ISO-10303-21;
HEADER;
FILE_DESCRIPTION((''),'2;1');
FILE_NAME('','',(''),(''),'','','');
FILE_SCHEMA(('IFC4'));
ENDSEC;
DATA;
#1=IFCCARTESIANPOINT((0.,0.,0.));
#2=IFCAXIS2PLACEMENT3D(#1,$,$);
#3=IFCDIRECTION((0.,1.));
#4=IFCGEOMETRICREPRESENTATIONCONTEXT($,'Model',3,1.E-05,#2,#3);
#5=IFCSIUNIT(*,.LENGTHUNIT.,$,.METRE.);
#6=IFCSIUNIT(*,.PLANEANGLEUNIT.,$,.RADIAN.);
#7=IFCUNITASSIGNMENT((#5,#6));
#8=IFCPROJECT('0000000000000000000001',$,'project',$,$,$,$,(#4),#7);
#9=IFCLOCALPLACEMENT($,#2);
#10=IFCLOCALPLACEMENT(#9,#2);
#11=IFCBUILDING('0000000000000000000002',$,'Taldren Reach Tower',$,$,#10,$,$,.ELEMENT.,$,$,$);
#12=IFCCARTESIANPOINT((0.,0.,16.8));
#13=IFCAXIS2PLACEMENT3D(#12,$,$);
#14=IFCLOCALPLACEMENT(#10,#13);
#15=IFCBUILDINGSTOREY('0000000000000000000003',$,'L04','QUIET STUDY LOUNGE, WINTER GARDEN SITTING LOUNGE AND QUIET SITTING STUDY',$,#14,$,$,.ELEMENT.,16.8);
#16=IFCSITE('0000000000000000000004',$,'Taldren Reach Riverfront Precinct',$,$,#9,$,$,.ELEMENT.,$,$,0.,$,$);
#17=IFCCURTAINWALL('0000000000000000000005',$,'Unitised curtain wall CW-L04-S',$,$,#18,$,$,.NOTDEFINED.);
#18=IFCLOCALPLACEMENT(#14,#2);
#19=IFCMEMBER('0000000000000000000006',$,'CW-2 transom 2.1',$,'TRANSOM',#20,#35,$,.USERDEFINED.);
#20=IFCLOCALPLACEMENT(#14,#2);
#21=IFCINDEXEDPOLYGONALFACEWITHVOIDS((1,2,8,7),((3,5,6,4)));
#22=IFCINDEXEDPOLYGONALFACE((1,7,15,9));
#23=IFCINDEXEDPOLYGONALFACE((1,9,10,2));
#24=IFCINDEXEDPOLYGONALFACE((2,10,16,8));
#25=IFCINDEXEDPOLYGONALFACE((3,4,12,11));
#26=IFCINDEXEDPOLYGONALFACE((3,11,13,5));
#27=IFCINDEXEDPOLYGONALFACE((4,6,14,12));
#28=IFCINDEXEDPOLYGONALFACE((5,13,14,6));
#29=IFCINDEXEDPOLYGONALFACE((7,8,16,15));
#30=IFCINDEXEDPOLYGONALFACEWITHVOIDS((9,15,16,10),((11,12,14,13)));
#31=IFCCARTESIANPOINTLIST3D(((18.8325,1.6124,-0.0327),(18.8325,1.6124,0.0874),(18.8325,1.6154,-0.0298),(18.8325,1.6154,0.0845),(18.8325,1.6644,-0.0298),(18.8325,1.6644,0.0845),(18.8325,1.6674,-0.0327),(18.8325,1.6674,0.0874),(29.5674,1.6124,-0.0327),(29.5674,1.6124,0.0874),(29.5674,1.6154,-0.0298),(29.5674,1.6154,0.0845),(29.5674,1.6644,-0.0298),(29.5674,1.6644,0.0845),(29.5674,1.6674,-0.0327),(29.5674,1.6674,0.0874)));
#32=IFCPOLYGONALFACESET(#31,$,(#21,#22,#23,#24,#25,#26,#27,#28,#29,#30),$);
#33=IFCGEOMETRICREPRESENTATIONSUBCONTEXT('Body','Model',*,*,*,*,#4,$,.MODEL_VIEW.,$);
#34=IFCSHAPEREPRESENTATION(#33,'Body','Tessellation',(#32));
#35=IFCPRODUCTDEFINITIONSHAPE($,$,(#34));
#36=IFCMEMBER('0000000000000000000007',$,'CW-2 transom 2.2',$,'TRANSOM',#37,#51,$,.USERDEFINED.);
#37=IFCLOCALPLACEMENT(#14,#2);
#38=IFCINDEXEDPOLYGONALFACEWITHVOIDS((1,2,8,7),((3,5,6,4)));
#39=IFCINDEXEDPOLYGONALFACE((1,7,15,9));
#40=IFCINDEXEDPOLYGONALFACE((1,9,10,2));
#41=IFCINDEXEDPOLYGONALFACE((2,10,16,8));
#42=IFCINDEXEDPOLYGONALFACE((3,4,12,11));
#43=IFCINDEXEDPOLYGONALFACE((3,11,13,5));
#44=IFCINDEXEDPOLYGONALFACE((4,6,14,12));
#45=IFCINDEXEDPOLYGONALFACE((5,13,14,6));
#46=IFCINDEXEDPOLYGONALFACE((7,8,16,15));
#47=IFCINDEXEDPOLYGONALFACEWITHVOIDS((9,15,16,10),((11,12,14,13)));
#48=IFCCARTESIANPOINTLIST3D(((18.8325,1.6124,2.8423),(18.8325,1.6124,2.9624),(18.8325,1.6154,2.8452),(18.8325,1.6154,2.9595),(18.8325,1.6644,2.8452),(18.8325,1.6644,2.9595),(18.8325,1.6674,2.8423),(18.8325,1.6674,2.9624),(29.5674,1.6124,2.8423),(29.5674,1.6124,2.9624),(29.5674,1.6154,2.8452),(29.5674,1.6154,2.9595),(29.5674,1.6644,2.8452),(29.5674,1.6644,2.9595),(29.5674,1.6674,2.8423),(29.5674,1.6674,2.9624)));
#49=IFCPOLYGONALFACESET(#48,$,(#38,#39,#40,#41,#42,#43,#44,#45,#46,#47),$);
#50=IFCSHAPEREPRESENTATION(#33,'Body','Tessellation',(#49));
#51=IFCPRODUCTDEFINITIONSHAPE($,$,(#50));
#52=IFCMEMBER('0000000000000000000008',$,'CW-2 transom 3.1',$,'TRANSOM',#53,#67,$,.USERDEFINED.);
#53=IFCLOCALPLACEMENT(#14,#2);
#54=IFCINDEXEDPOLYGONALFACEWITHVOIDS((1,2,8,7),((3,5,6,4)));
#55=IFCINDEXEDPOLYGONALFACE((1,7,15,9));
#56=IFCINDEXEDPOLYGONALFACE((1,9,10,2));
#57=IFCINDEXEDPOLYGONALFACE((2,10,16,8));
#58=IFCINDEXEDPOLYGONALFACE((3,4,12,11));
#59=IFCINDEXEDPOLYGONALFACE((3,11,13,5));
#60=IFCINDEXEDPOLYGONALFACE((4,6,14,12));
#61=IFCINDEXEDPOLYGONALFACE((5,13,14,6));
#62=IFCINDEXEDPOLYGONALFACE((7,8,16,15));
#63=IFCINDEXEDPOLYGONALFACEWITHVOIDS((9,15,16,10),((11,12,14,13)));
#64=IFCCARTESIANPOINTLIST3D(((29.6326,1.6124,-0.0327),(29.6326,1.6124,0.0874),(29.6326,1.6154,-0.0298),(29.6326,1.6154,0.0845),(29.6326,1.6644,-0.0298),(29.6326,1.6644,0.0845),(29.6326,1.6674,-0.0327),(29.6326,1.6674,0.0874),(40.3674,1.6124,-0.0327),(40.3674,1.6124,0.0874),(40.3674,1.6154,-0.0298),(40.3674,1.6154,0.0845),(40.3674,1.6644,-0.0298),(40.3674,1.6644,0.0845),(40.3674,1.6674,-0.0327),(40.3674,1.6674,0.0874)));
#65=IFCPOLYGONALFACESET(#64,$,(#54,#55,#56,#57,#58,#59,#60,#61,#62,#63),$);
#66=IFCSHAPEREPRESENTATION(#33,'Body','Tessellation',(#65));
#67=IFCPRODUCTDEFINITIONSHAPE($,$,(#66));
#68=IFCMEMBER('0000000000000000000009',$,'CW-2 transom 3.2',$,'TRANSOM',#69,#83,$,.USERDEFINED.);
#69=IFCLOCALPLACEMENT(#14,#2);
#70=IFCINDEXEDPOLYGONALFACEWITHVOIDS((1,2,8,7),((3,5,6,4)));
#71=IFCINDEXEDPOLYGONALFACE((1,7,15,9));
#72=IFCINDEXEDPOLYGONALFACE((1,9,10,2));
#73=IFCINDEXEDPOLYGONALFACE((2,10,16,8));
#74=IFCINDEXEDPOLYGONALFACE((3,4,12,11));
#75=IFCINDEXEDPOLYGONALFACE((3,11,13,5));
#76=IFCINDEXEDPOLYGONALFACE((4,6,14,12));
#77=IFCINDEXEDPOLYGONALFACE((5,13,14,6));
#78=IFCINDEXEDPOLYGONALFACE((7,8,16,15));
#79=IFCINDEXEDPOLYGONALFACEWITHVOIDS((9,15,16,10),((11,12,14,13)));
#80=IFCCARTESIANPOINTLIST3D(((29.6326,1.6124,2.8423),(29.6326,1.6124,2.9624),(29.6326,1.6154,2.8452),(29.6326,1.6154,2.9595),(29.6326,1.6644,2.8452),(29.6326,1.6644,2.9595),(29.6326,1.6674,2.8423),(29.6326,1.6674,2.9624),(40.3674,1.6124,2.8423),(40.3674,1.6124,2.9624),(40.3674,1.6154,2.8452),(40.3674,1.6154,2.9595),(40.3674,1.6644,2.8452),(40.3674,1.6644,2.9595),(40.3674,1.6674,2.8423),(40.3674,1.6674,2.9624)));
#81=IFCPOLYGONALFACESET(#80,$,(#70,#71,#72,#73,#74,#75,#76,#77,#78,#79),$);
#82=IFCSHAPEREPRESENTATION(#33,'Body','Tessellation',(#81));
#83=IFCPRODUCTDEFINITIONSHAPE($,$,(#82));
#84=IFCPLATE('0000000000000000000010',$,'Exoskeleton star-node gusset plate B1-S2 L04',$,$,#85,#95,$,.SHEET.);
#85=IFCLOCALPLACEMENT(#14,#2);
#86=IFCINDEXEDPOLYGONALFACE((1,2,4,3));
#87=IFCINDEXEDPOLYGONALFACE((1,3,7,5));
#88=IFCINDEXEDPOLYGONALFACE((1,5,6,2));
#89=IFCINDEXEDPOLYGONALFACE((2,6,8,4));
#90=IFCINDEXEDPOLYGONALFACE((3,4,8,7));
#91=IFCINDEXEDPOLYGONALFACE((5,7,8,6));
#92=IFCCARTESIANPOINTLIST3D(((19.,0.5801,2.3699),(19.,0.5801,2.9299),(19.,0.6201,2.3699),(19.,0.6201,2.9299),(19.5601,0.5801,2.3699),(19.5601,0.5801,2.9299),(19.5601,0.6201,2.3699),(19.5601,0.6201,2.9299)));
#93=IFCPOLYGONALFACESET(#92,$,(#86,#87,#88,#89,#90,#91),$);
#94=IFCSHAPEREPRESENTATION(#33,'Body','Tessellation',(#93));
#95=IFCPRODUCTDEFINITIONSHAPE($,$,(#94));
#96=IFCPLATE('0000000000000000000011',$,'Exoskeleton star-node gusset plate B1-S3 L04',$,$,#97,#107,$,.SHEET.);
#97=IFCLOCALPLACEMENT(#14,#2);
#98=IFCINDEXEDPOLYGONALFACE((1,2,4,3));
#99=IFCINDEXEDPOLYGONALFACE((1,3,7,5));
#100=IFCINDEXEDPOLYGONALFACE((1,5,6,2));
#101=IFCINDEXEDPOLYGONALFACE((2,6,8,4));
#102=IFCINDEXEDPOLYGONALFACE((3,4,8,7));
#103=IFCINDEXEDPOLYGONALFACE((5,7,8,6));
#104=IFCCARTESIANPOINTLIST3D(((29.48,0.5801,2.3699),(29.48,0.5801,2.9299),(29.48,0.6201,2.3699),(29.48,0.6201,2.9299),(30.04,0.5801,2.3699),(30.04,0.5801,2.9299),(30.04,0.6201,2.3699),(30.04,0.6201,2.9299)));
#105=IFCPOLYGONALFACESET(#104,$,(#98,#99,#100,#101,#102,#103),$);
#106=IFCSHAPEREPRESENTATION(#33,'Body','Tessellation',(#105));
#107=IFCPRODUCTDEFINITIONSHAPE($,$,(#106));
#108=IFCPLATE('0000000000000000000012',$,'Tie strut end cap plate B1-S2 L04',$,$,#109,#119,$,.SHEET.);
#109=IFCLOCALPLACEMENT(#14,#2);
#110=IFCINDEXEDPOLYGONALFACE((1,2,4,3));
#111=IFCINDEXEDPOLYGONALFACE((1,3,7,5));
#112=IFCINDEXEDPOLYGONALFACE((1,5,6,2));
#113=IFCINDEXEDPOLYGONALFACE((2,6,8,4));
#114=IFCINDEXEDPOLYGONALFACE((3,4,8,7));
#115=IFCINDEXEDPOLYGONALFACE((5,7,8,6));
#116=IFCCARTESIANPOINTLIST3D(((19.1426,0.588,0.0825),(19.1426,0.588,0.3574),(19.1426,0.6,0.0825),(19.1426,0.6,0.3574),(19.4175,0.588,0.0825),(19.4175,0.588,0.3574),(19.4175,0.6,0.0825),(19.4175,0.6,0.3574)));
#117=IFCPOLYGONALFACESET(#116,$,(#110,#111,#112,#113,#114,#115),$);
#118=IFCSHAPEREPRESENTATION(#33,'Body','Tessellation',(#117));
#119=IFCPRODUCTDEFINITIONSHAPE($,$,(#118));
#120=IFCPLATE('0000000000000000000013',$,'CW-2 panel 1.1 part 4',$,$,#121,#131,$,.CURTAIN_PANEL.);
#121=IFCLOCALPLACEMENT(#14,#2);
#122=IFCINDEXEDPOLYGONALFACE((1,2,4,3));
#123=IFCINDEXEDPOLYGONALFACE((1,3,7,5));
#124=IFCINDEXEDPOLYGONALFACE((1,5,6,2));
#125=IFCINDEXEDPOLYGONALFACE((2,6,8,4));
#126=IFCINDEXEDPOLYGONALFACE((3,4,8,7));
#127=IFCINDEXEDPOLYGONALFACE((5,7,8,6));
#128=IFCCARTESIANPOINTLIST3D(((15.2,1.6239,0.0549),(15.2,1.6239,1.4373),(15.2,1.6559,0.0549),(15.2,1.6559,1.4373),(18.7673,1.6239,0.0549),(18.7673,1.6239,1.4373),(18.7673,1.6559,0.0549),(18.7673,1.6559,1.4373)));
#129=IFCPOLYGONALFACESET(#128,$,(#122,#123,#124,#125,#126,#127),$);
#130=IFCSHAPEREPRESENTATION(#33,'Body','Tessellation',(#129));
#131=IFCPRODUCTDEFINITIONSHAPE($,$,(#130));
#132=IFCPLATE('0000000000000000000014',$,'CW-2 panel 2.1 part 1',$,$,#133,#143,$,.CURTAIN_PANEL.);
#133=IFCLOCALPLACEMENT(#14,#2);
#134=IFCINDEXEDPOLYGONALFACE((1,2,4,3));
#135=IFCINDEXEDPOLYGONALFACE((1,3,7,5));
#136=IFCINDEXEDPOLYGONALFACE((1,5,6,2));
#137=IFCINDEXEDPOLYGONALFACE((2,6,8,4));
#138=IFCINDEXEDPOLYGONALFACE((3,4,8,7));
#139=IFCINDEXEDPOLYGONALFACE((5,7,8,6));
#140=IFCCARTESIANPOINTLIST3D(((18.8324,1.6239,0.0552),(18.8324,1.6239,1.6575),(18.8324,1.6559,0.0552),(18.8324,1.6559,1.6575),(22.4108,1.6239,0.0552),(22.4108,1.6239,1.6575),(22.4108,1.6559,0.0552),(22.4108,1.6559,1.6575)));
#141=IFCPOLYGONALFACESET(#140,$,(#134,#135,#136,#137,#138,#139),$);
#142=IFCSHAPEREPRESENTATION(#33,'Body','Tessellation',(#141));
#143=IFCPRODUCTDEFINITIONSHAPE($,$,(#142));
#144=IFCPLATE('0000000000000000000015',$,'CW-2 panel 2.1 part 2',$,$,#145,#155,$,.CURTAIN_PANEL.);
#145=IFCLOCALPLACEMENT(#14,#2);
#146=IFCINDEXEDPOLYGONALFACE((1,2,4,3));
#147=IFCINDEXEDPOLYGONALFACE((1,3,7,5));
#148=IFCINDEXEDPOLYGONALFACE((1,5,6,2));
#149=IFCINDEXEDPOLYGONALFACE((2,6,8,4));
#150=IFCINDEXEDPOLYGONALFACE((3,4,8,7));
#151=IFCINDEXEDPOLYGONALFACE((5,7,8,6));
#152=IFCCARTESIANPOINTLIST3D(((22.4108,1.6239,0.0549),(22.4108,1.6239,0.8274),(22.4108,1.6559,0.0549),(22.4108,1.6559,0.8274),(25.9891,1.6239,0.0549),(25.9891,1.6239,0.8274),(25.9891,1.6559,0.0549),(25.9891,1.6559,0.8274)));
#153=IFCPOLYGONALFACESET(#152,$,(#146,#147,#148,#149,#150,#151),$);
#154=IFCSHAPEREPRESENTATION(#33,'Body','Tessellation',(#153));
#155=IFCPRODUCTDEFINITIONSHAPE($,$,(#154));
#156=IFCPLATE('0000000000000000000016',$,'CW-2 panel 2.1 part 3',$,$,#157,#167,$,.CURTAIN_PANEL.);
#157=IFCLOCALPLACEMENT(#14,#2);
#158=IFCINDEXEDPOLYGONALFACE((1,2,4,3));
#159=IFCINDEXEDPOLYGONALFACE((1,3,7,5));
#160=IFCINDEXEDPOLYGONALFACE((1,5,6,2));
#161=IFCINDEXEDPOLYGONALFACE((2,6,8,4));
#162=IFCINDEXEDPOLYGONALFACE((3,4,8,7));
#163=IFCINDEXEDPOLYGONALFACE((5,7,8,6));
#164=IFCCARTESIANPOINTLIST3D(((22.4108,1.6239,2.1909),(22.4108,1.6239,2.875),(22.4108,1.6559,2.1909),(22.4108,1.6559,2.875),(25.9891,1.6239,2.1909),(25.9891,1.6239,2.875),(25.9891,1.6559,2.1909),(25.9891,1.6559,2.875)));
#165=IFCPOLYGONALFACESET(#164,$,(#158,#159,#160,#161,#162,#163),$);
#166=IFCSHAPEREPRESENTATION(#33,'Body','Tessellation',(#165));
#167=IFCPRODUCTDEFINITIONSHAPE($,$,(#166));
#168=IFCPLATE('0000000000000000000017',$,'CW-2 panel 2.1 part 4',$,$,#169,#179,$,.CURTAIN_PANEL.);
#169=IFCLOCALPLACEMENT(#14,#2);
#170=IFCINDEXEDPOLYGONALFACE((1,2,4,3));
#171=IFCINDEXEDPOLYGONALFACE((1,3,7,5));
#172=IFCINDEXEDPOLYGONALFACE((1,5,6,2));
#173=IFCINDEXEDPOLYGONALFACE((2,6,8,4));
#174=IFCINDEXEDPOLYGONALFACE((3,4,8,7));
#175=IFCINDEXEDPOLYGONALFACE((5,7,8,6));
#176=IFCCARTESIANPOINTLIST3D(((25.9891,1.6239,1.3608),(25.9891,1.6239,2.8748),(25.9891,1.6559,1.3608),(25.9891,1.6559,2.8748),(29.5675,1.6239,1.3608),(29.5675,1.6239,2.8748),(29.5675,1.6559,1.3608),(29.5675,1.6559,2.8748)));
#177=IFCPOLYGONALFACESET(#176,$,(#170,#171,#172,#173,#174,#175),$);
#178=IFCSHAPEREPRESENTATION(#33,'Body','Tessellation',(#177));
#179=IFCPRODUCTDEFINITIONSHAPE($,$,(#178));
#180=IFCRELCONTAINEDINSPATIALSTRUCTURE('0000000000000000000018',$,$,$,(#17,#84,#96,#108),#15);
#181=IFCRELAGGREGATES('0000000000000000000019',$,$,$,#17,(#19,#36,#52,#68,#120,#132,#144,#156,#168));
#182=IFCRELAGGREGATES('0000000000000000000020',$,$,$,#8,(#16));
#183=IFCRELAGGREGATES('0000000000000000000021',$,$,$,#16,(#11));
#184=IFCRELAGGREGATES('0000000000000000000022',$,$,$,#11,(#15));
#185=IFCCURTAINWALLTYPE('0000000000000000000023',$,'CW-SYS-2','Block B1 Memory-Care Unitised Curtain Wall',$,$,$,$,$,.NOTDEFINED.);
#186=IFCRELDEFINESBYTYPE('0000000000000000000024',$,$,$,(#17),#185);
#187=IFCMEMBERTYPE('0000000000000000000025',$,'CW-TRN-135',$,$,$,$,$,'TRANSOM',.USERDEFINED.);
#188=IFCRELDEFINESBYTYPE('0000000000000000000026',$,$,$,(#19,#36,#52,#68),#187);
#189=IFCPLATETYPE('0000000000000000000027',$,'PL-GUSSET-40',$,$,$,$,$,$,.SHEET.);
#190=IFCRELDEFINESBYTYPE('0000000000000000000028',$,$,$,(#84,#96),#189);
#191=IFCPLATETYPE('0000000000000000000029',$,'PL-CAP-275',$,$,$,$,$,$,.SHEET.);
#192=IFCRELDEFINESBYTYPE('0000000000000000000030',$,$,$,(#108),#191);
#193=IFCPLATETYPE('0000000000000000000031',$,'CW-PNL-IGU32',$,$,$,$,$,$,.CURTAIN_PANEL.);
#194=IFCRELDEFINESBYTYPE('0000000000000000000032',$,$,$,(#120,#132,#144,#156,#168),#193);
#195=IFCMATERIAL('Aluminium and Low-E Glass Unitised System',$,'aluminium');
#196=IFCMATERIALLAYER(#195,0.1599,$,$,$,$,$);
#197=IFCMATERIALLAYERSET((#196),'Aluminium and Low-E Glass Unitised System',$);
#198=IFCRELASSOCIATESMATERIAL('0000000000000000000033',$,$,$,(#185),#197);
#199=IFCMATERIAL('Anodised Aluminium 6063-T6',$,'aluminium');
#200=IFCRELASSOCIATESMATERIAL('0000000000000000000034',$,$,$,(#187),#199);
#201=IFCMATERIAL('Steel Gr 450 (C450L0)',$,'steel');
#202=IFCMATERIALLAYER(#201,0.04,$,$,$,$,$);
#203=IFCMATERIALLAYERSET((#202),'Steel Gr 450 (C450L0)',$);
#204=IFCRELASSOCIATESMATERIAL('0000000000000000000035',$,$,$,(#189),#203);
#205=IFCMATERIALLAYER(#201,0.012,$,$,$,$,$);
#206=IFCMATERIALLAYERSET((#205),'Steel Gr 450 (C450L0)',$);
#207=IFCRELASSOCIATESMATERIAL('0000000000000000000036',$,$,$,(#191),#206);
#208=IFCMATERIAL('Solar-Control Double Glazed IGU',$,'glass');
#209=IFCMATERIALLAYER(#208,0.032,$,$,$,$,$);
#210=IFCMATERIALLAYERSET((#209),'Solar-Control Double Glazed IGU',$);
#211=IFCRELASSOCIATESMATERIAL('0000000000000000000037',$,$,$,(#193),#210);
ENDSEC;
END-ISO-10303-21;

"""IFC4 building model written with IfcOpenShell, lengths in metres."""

from ifc_helpers import new_model, si_unit, direction, frame, origin, origin_2d, place, context, subcontext, project, spatial, rectangle, hollow_rectangle, extrude, source, transform, mapped, material, layer, layer_set, material_profile, profile_set, type_object, element, aggregate, save


model = new_model("IFC4")

# Units and contexts
model_context = context("Model", 3, precision=1e-05, world=origin(), true_north=direction((0.0, 1.0)))
body_context = subcontext(model_context, "Body", "Model", "MODEL_VIEW")
ifc_project = project(units=[si_unit("LENGTHUNIT", "METRE"), si_unit("PLANEANGLEUNIT", "RADIAN")], contexts=[model_context])

# Site, building, storey
site_placement = place(None, origin())
site = spatial("IfcSite", under=ifc_project, at=site_placement, Name="Taldren Reach Riverfront Precinct", CompositionType="ELEMENT", RefElevation=0.0)
building_placement = place(site_placement, origin())
building = spatial("IfcBuilding", under=site, at=building_placement, Name="Taldren Reach Tower", CompositionType="ELEMENT")
storey_placement = place(building_placement, frame((0.0, 0.0, 16.8)))
storey = spatial("IfcBuildingStorey", under=building, at=storey_placement, Name="L04", Description="QUIET STUDY LOUNGE, WINTER GARDEN SITTING LOUNGE AND QUIET SITTING STUDY", CompositionType="ELEMENT", Elevation=16.8)

# Shared definitions
ifc_material_1 = material(Name="Steel Gr 450 (C450L0)", Category="steel")

# Curtain wall, members
ifc_material_2 = material(Name="Aluminium and Low-E Glass Unitised System", Category="aluminium")
ifc_layer_1 = layer(ifc_material_2, 0.1599)
ifc_layer_set_1 = layer_set([ifc_layer_1], Name="Aluminium and Low-E Glass Unitised System")
curtain_wall_type = type_object("IfcCurtainWallType", Name="CW-SYS-2", Description="Block B1 Memory-Care Unitised Curtain Wall", PredefinedType="NOTDEFINED", material=ifc_layer_set_1)
curtain_wall_placement = place(storey_placement, origin())
curtain_wall = element("IfcCurtainWall", 1, at=curtain_wall_placement, inside=storey, type_object=curtain_wall_type, Name="Unitised curtain wall CW-L04-S", PredefinedType="NOTDEFINED")
ifc_material_3 = material(Name="Anodised Aluminium 6063-T6", Category="aluminium")
ifc_material_profile_1 = material_profile(ifc_material_3, hollow_rectangle(XDim=0.0549, YDim=0.1201, WallThickness=0.0029, at=origin_2d()), Name="ALU-120x55x3RHS")
ifc_profile_set_1 = profile_set([ifc_material_profile_1], Name="Anodised Aluminium 6063-T6")
member_type_1 = type_object("IfcMemberType", Name="CW-TRN-135", ElementType="TRANSOM", PredefinedType="USERDEFINED", material=ifc_profile_set_1)
shared_shape_1 = source(origin(), body_context, "Body", "SweptSolid", [
    extrude(hollow_rectangle(XDim=0.0549, YDim=0.1201, WallThickness=0.0029, at=origin_2d()), origin(), (0.0, 0.0, 1.0), 10.7349),
])
member_1_placement = place(storey_placement, frame((18.8325, 1.6399, 0.0273), z_axis=(1.0, 0.0, 0.0), x_axis=(0.0, 1.0, 0.0)))
member_1 = element("IfcMember", 2, at=member_1_placement, type_object=member_type_1, Name="CW-2 transom 2.1", ObjectType="TRANSOM", PredefinedType="USERDEFINED", context=body_context, shape_type="MappedRepresentation", body=[
    mapped(shared_shape_1, transform((0.0, 0.0, 0.0), scale=1.0)),
])
member_2_placement = place(storey_placement, frame((18.8325, 1.6399, 2.9023), z_axis=(1.0, 0.0, 0.0), x_axis=(0.0, 1.0, 0.0)))
member_2 = element("IfcMember", 3, at=member_2_placement, type_object=member_type_1, Name="CW-2 transom 2.2", ObjectType="TRANSOM", PredefinedType="USERDEFINED", context=body_context, shape_type="MappedRepresentation", body=[
    mapped(shared_shape_1, transform((0.0, 0.0, 0.0), scale=1.0)),
])
member_3_placement = place(storey_placement, frame((29.6326, 1.6399, 0.0273), z_axis=(1.0, 0.0, 0.0), x_axis=(0.0, 1.0, 0.0)))
member_3 = element("IfcMember", 4, at=member_3_placement, type_object=member_type_1, Name="CW-2 transom 3.1", ObjectType="TRANSOM", PredefinedType="USERDEFINED", context=body_context, shape_type="MappedRepresentation", body=[
    mapped(shared_shape_1, transform((0.0, 0.0, 0.0), scale=1.0)),
])
member_4_placement = place(storey_placement, frame((29.6326, 1.6399, 2.9023), z_axis=(1.0, 0.0, 0.0), x_axis=(0.0, 1.0, 0.0)))
member_4 = element("IfcMember", 5, at=member_4_placement, type_object=member_type_1, Name="CW-2 transom 3.2", ObjectType="TRANSOM", PredefinedType="USERDEFINED", context=body_context, shape_type="MappedRepresentation", body=[
    mapped(shared_shape_1, transform((0.0, 0.0, 0.0), scale=1.0)),
])

# Plates
ifc_layer_2 = layer(ifc_material_1, 0.04)
ifc_layer_set_2 = layer_set([ifc_layer_2], Name="Steel Gr 450 (C450L0)")
plate_type_1 = type_object("IfcPlateType", Name="PL-GUSSET-40", PredefinedType="SHEET", material=ifc_layer_set_2)
shared_shape_2 = source(origin(), body_context, "Body", "SweptSolid", [
    extrude(rectangle(XDim=0.5601, YDim=0.04, at=origin_2d()), origin(), (0.0, 0.0, 1.0), 0.5601),
])
for number, where, z_axis, x_axis, name in (
    (6, (19.28, 0.6001, 2.3699), (0.0, 0.0, 1.0), (1.0, 0.0, 0.0), "Exoskeleton star-node gusset plate B1-S2 L04"),
    (7, (29.76, 0.6001, 2.3699), (0.0, 0.0, 1.0), (1.0, 0.0, 0.0), "Exoskeleton star-node gusset plate B1-S3 L04"),
):
    element("IfcPlate", number, at=place(storey_placement, frame(where, z_axis=z_axis, x_axis=x_axis)), inside=storey, type_object=plate_type_1, Name=name, PredefinedType="SHEET", context=body_context, shape_type="MappedRepresentation", body=[
        mapped(shared_shape_2, transform((0.0, 0.0, 0.0), scale=1.0)),
    ])
ifc_layer_3 = layer(ifc_material_1, 0.012)
ifc_layer_set_3 = layer_set([ifc_layer_3], Name="Steel Gr 450 (C450L0)")
plate_type_2 = type_object("IfcPlateType", Name="PL-CAP-275", PredefinedType="SHEET", material=ifc_layer_set_3)
shared_shape_3 = source(origin(), body_context, "Body", "SweptSolid", [
    extrude(rectangle(XDim=0.2749, YDim=0.012, at=origin_2d()), origin(), (0.0, 0.0, 1.0), 0.2749),
])
plate_1_placement = place(storey_placement, frame((19.28, 0.594, 0.0825), z_axis=(0.0, 0.0, 1.0), x_axis=(1.0, 0.0, 0.0)))
element("IfcPlate", 8, at=plate_1_placement, inside=storey, type_object=plate_type_2, Name="Tie strut end cap plate B1-S2 L04", PredefinedType="SHEET", context=body_context, shape_type="MappedRepresentation", body=[
    mapped(shared_shape_3, transform((0.0, 0.0, 0.0), scale=1.0)),
])

# Plates
ifc_material_4 = material(Name="Solar-Control Double Glazed IGU", Category="glass")
ifc_layer_4 = layer(ifc_material_4, 0.032)
ifc_layer_set_4 = layer_set([ifc_layer_4], Name="Solar-Control Double Glazed IGU")
plate_type_3 = type_object("IfcPlateType", Name="CW-PNL-IGU32", PredefinedType="CURTAIN_PANEL", material=ifc_layer_set_4)
shared_shape_4 = source(origin(), body_context, "Body", "SweptSolid", [
    extrude(rectangle(XDim=3.5674, YDim=0.032, at=origin_2d()), origin(), (0.0, 0.0, 1.0), 1.3823),
])
plate_2_placement = place(storey_placement, frame((16.9836, 1.6399, 0.0549), z_axis=(0.0, 0.0, 1.0), x_axis=(1.0, 0.0, 0.0)))
plate_2 = element("IfcPlate", 9, at=plate_2_placement, type_object=plate_type_3, Name="CW-2 panel 1.1 part 4", PredefinedType="CURTAIN_PANEL", context=body_context, shape_type="MappedRepresentation", body=[
    mapped(shared_shape_4, transform((0.0, 0.0, 0.0), scale=1.0)),
])
shared_shape_5 = source(origin(), body_context, "Body", "SweptSolid", [
    extrude(rectangle(XDim=3.5784, YDim=0.032, at=origin_2d()), origin(), (0.0, 0.0, 1.0), 1.6023),
])
plate_3_placement = place(storey_placement, frame((20.6216, 1.6399, 0.0552), z_axis=(0.0, 0.0, 1.0), x_axis=(1.0, 0.0, 0.0)))
plate_3 = element("IfcPlate", 10, at=plate_3_placement, type_object=plate_type_3, Name="CW-2 panel 2.1 part 1", PredefinedType="CURTAIN_PANEL", context=body_context, shape_type="MappedRepresentation", body=[
    mapped(shared_shape_5, transform((0.0, 0.0, 0.0), scale=1.0)),
])
shared_shape_6 = source(origin(), body_context, "Body", "SweptSolid", [
    extrude(rectangle(XDim=3.5784, YDim=0.032, at=origin_2d()), origin(), (0.0, 0.0, 1.0), 0.7725),
])
plate_4_placement = place(storey_placement, frame((24.2, 1.6399, 0.0549), z_axis=(0.0, 0.0, 1.0), x_axis=(1.0, 0.0, 0.0)))
plate_4 = element("IfcPlate", 11, at=plate_4_placement, type_object=plate_type_3, Name="CW-2 panel 2.1 part 2", PredefinedType="CURTAIN_PANEL", context=body_context, shape_type="MappedRepresentation", body=[
    mapped(shared_shape_6, transform((0.0, 0.0, 0.0), scale=1.0)),
])
shared_shape_7 = source(origin(), body_context, "Body", "SweptSolid", [
    extrude(rectangle(XDim=3.5784, YDim=0.032, at=origin_2d()), origin(), (0.0, 0.0, 1.0), 0.6841),
])
plate_5_placement = place(storey_placement, frame((24.2, 1.6399, 2.1909), z_axis=(0.0, 0.0, 1.0), x_axis=(1.0, 0.0, 0.0)))
plate_5 = element("IfcPlate", 12, at=plate_5_placement, type_object=plate_type_3, Name="CW-2 panel 2.1 part 3", PredefinedType="CURTAIN_PANEL", context=body_context, shape_type="MappedRepresentation", body=[
    mapped(shared_shape_7, transform((0.0, 0.0, 0.0), scale=1.0)),
])
shared_shape_8 = source(origin(), body_context, "Body", "SweptSolid", [
    extrude(rectangle(XDim=3.5784, YDim=0.032, at=origin_2d()), origin(), (0.0, 0.0, 1.0), 1.5139),
])
plate_6_placement = place(storey_placement, frame((27.7783, 1.6399, 1.3608), z_axis=(0.0, 0.0, 1.0), x_axis=(1.0, 0.0, 0.0)))
plate_6 = element("IfcPlate", 13, at=plate_6_placement, type_object=plate_type_3, Name="CW-2 panel 2.1 part 4", PredefinedType="CURTAIN_PANEL", context=body_context, shape_type="MappedRepresentation", body=[
    mapped(shared_shape_8, transform((0.0, 0.0, 0.0), scale=1.0)),
])
aggregate(curtain_wall, [member_1, member_2, member_3, member_4, plate_2, plate_3, plate_4, plate_5, plate_6])

save(model, "model.ifc")
